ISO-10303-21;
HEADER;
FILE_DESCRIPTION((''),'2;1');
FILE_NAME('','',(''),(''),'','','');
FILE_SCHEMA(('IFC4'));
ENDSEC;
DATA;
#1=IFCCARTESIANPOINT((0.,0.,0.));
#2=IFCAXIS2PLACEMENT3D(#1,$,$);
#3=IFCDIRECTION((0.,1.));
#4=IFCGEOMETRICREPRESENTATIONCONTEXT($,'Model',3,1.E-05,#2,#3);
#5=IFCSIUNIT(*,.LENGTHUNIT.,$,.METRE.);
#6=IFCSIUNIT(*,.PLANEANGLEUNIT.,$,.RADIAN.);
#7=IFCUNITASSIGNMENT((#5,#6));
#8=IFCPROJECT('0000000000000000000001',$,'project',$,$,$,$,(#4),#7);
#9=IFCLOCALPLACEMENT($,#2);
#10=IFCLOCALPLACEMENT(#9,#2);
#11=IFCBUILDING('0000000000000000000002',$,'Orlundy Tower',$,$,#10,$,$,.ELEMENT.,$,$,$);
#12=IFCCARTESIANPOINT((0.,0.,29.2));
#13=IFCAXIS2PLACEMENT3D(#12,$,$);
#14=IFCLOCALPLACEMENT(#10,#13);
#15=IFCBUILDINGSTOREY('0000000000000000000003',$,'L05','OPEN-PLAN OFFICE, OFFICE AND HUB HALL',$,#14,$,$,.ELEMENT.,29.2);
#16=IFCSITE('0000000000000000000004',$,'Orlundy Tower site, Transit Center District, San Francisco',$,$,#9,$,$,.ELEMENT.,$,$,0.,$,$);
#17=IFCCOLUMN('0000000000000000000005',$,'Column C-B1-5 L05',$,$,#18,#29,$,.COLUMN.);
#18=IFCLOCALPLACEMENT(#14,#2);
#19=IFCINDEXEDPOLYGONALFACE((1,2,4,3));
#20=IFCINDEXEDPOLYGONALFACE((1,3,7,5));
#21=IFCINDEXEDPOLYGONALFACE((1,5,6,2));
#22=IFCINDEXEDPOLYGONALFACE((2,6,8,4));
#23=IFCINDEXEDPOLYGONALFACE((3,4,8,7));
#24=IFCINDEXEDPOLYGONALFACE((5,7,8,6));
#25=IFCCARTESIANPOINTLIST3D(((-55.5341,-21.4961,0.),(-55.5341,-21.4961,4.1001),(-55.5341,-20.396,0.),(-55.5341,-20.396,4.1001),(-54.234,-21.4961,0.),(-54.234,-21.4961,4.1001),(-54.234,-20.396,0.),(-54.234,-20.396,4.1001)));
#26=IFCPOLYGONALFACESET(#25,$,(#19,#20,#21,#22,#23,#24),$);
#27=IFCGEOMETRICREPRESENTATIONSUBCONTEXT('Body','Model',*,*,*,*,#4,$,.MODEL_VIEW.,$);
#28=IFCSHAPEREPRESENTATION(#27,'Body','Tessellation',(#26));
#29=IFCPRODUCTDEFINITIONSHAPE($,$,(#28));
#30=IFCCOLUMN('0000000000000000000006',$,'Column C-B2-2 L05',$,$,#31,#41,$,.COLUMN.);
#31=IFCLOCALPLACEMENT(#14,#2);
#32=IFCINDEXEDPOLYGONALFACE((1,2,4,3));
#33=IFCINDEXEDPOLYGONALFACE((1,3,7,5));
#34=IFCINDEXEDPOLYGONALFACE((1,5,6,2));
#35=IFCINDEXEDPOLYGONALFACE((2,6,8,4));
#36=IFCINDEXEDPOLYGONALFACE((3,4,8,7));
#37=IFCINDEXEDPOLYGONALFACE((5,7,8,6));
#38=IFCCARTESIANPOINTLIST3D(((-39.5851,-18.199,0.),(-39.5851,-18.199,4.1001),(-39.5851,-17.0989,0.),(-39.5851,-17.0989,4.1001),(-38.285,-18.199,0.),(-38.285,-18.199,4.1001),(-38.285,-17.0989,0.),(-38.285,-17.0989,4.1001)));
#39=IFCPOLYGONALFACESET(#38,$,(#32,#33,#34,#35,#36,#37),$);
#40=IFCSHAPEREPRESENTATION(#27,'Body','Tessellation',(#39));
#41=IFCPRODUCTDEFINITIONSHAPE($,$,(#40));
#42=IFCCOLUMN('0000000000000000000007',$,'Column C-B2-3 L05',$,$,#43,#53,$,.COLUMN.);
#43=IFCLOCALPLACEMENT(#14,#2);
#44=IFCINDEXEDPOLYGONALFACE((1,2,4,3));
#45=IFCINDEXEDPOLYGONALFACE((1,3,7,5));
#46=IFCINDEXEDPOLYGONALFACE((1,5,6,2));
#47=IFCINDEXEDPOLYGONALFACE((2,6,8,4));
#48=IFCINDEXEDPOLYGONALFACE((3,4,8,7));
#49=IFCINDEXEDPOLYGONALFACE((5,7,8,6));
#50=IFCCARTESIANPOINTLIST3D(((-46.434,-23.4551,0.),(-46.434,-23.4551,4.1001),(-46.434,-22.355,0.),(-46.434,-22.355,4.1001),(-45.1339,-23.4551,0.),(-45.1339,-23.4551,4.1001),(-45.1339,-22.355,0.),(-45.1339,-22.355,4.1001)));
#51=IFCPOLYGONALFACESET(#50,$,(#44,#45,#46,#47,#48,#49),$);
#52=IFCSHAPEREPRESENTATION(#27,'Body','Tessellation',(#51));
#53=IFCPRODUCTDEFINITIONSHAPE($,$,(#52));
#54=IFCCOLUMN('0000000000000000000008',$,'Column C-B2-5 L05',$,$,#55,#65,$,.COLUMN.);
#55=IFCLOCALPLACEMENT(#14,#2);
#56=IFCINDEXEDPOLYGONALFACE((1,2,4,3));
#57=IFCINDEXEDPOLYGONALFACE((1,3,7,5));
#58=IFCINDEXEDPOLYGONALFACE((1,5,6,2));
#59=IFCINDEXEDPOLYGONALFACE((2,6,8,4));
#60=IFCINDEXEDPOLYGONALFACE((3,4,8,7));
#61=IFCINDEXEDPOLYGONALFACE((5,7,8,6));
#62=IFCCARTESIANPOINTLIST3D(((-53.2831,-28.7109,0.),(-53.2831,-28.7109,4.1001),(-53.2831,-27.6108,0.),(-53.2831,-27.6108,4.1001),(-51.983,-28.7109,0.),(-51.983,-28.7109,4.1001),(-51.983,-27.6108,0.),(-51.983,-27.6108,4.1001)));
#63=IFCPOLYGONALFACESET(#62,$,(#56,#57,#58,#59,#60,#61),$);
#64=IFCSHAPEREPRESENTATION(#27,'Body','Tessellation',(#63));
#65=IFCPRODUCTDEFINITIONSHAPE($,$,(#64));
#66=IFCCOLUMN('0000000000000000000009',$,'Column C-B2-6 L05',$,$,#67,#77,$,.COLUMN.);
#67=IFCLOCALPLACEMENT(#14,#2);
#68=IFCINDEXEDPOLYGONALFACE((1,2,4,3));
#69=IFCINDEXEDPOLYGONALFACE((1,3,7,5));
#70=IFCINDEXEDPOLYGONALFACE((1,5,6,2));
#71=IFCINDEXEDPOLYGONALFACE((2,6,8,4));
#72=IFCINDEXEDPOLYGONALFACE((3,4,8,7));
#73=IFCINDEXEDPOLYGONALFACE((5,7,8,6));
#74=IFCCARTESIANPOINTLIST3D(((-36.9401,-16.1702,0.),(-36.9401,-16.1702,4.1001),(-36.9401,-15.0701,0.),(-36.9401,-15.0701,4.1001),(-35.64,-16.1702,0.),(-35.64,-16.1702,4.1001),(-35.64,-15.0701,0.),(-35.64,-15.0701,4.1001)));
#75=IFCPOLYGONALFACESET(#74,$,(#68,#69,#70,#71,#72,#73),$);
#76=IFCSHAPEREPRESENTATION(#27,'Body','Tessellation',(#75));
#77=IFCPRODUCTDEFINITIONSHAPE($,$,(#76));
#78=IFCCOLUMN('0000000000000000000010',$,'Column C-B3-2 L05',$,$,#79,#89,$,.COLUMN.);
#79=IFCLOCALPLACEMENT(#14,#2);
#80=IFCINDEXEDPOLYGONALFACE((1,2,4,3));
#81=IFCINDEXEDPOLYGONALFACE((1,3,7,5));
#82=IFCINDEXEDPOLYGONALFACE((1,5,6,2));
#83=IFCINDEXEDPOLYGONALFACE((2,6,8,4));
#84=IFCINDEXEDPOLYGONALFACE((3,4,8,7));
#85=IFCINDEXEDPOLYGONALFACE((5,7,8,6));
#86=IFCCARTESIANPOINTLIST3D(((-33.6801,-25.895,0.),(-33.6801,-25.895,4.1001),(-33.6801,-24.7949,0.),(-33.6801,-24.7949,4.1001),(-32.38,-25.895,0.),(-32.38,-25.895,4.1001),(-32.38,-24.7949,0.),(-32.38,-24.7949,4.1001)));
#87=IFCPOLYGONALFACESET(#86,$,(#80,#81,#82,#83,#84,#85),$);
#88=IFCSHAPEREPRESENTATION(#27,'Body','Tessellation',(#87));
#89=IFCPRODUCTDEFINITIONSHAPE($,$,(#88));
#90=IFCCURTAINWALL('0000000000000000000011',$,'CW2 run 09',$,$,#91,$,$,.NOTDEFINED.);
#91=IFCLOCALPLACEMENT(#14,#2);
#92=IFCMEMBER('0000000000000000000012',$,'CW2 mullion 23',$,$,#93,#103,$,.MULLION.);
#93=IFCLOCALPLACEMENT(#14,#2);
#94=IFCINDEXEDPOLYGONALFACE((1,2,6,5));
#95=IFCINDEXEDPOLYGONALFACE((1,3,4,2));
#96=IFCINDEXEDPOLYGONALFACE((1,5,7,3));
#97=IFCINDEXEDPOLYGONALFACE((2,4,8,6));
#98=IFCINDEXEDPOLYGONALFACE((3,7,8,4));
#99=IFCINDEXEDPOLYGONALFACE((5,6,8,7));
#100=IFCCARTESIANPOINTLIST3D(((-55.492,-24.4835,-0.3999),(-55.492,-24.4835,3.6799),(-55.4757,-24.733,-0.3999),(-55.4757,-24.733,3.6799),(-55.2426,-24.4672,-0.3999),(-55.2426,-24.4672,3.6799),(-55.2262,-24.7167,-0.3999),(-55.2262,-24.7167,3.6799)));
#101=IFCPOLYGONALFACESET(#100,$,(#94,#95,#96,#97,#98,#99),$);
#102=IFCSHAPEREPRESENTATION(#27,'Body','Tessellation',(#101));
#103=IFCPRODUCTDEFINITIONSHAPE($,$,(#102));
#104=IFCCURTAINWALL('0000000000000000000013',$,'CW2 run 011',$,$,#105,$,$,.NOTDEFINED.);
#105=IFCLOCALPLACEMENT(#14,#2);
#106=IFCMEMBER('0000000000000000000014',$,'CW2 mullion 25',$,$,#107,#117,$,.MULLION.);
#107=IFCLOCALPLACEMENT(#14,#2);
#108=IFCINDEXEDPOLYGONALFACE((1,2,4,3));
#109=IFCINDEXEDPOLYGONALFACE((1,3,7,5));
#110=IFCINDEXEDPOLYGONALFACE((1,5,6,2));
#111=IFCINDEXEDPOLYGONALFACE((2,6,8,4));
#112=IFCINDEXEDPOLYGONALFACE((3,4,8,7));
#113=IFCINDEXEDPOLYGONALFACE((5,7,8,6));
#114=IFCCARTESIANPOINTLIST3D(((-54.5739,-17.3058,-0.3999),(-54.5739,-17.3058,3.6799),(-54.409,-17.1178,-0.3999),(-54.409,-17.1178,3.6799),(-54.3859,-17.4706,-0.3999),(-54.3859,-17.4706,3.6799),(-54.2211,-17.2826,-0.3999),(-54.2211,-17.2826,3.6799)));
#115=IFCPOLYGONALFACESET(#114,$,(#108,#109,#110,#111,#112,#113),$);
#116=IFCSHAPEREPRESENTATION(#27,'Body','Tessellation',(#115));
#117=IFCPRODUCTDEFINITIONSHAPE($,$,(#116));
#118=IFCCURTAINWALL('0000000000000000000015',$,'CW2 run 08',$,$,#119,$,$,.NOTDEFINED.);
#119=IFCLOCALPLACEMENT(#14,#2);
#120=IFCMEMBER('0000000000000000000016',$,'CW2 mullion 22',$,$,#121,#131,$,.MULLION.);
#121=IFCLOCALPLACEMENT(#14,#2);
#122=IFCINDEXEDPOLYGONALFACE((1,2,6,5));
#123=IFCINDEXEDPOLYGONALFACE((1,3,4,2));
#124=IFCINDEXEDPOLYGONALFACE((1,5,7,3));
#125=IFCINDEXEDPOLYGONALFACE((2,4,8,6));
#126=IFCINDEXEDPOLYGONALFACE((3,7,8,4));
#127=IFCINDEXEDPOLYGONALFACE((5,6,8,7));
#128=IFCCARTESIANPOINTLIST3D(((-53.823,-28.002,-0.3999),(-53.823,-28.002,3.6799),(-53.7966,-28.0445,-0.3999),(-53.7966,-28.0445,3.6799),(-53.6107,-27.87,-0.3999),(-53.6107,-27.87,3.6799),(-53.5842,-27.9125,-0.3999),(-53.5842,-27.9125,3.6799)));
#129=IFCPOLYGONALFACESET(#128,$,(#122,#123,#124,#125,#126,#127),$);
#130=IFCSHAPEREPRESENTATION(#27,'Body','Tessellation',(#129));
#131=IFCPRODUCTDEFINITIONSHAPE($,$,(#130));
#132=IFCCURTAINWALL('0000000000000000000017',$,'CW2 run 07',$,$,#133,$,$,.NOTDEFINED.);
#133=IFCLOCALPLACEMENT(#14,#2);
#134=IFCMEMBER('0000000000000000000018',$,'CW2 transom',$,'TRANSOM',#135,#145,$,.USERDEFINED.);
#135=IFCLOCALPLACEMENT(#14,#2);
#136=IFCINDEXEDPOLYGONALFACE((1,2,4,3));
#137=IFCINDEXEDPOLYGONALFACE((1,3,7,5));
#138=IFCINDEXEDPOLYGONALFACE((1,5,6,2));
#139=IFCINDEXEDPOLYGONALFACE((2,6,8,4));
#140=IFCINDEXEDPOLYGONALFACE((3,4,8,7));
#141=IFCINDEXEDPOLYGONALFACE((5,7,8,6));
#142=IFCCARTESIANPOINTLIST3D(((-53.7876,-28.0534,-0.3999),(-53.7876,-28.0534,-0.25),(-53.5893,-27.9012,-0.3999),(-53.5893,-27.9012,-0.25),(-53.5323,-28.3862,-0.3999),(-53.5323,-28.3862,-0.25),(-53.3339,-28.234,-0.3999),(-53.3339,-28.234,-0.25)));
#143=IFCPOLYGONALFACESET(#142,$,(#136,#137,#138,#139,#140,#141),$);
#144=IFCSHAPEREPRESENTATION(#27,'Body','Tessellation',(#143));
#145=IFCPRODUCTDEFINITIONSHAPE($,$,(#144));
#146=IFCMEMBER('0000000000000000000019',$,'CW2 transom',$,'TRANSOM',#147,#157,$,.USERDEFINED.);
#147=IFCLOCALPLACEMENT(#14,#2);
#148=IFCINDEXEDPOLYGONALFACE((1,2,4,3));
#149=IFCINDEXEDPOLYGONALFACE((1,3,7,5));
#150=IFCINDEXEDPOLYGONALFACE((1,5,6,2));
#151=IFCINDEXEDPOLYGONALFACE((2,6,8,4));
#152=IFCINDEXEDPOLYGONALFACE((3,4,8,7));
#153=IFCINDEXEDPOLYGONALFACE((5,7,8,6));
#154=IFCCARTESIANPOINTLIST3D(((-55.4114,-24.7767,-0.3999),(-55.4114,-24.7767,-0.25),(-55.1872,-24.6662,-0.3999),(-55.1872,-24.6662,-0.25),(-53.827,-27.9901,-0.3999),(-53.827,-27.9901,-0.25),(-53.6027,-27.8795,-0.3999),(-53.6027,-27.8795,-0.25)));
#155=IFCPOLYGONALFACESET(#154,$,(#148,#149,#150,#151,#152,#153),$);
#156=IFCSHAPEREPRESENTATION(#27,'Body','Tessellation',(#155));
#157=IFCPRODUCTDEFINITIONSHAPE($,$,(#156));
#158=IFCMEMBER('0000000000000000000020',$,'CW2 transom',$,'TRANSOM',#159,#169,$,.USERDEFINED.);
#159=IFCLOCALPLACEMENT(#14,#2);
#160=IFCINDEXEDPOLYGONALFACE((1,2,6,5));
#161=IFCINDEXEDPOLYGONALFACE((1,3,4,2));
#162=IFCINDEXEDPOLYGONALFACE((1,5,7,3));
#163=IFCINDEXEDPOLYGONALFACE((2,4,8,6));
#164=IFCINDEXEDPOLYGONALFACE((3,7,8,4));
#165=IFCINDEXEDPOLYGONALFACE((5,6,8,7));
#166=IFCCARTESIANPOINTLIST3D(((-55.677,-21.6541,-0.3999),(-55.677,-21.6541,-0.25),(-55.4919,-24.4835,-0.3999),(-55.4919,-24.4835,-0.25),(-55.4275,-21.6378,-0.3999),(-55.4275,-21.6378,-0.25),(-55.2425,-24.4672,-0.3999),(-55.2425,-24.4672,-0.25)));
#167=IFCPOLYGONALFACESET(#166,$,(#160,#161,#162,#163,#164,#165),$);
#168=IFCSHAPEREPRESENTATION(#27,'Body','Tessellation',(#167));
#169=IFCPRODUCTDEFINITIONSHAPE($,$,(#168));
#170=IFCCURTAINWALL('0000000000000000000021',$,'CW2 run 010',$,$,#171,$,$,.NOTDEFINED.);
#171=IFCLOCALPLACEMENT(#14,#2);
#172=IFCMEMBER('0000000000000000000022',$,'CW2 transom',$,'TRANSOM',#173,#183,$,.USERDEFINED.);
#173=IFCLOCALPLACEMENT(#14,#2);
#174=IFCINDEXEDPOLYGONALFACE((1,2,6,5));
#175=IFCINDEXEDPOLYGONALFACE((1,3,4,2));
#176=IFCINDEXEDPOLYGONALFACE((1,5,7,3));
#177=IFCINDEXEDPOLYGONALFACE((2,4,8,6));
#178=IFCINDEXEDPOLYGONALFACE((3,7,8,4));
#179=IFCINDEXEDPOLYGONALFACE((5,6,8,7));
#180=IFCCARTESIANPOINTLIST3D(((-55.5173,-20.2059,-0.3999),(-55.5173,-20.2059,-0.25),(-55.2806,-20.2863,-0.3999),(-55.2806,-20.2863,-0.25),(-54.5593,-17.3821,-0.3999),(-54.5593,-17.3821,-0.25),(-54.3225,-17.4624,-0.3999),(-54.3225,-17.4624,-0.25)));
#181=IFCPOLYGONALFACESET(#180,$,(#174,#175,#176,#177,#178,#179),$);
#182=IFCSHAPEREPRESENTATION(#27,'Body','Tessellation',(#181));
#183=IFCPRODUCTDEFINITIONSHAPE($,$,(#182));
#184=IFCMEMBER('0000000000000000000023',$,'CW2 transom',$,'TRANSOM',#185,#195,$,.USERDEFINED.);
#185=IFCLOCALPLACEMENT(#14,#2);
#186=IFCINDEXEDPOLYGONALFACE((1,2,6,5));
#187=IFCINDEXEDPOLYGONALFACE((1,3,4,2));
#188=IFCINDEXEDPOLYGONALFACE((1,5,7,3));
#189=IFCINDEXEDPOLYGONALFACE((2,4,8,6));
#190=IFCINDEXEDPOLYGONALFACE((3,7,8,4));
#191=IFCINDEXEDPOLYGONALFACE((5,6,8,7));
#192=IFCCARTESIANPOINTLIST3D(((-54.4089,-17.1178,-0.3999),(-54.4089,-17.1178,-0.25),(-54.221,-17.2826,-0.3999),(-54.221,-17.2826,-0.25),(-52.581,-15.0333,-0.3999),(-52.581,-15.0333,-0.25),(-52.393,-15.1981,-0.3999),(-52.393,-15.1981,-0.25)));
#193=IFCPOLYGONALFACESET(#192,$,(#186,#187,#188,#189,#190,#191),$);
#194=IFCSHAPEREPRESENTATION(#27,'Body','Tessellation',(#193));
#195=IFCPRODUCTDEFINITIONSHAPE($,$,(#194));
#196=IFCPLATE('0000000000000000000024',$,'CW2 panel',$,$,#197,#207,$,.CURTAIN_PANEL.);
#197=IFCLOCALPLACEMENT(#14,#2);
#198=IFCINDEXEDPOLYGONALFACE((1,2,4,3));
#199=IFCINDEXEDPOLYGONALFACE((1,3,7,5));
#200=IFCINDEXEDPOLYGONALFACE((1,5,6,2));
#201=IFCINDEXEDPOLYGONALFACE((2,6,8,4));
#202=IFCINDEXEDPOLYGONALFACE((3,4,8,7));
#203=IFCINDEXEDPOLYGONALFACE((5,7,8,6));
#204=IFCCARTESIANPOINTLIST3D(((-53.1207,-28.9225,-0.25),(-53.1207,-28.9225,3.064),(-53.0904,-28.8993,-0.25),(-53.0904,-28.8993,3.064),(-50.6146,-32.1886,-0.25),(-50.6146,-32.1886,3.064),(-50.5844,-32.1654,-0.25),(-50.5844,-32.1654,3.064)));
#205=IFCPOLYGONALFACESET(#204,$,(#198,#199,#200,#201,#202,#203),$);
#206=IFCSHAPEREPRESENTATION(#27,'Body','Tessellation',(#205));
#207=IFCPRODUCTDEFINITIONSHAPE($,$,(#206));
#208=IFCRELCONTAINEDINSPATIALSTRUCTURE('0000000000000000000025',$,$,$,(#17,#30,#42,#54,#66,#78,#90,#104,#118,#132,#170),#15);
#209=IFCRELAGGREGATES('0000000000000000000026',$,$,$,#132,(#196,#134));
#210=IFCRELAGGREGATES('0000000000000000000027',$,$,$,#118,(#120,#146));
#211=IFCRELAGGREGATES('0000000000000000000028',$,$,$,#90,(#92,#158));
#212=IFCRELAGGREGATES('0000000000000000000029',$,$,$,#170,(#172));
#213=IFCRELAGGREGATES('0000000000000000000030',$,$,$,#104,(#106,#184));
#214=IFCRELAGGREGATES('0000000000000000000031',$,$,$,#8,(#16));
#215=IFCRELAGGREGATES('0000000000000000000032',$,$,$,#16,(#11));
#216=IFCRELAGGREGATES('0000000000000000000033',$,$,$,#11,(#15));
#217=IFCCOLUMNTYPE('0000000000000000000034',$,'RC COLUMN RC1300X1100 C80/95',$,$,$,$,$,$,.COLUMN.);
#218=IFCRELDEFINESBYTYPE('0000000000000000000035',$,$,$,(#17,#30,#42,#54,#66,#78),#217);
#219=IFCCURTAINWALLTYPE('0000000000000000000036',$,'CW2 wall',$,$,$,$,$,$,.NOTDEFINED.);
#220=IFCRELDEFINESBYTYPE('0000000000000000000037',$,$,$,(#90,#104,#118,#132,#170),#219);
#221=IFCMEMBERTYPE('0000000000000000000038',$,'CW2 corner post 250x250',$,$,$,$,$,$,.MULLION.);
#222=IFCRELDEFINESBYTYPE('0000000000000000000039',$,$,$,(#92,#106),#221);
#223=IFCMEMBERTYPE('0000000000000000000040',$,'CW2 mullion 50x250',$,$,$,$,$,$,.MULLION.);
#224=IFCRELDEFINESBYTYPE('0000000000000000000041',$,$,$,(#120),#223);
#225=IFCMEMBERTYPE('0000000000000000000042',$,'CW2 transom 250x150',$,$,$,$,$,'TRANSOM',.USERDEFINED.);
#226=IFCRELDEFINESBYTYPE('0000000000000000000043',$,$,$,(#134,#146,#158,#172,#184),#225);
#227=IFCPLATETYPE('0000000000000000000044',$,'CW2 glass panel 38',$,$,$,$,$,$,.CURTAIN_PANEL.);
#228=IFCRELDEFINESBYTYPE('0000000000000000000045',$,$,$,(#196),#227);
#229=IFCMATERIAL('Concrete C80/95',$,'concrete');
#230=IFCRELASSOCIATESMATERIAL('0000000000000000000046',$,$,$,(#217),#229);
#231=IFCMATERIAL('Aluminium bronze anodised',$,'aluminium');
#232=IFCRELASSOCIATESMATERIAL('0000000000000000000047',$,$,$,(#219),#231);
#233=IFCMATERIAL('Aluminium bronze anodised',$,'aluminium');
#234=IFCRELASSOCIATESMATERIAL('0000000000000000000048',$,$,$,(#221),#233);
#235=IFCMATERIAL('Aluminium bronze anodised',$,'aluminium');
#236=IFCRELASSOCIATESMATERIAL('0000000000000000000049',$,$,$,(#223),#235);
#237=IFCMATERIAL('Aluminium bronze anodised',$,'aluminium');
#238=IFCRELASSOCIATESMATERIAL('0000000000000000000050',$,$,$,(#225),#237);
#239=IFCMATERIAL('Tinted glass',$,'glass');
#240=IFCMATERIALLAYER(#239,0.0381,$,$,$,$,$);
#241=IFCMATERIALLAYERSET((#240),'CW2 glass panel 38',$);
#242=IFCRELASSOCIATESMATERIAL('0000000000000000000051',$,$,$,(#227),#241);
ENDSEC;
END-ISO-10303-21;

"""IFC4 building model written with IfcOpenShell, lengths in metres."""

from ifc_helpers import new_model, si_unit, direction, frame, origin, origin_2d, place, context, subcontext, project, spatial, rectangle, extrude, material, layer, layer_set, material_profile, profile_set, type_object, element, aggregate, save


model = new_model("IFC4")

# Units and contexts
model_context = context("Model", 3, precision=1e-05, world=origin(), true_north=direction((0.0, 1.0)))
body_context = subcontext(model_context, "Body", "Model", "MODEL_VIEW")
ifc_project = project(units=[si_unit("LENGTHUNIT", "METRE"), si_unit("PLANEANGLEUNIT", "RADIAN")], contexts=[model_context])

# Site, building, storey
site_placement = place(None, origin())
site = spatial("IfcSite", under=ifc_project, at=site_placement, Name="Orlundy Tower site, Transit Center District, San Francisco", CompositionType="ELEMENT", RefElevation=0.0)
building_placement = place(site_placement, origin())
building = spatial("IfcBuilding", under=site, at=building_placement, Name="Orlundy Tower", CompositionType="ELEMENT")
storey_placement = place(building_placement, frame((0.0, 0.0, 29.2)))
storey = spatial("IfcBuildingStorey", under=building, at=storey_placement, Name="L05", Description="OPEN-PLAN OFFICE, OFFICE AND HUB HALL", CompositionType="ELEMENT", Elevation=29.2)

# Columns
ifc_material_1 = material(Name="Concrete C80/95", Category="concrete")
ifc_material_profile_1 = material_profile(ifc_material_1, rectangle(XDim=1.3, YDim=1.1001, at=origin_2d()), Name="RC1300X1100")
ifc_profile_set_1 = profile_set([ifc_material_profile_1], Name="Concrete C80/95")
column_type = type_object("IfcColumnType", Name="RC COLUMN RC1300X1100 C80/95", PredefinedType="COLUMN", material=ifc_profile_set_1)
for number, where, z_axis, x_axis, name in (
    (1, (-54.884, -20.946, 0.0), (0.0, 0.0, 1.0), (1.0, 0.0, 0.0), "Column C-B1-5 L05"),
    (2, (-38.9351, -17.6489, 0.0), (0.0, 0.0, 1.0), (1.0, 0.0, 0.0), "Column C-B2-2 L05"),
    (3, (-45.7839, -22.905, 0.0), (0.0, 0.0, 1.0), (1.0, 0.0, 0.0), "Column C-B2-3 L05"),
    (4, (-52.6331, -28.1609, 0.0), (0.0, 0.0, 1.0), (1.0, 0.0, 0.0), "Column C-B2-5 L05"),
    (5, (-36.29, -15.6201, 0.0), (0.0, 0.0, 1.0), (1.0, 0.0, 0.0), "Column C-B2-6 L05"),
    (6, (-33.03, -25.345, 0.0), (0.0, 0.0, 1.0), (1.0, 0.0, 0.0), "Column C-B3-2 L05"),
):
    element("IfcColumn", number, at=place(storey_placement, frame(where, z_axis=z_axis, x_axis=x_axis)), inside=storey, type_object=column_type, Name=name, PredefinedType="COLUMN", context=body_context, shape_type="SweptSolid", body=[
        extrude(rectangle(XDim=1.3, YDim=1.1001, at=origin_2d()), origin(), (0.0, 0.0, 1.0), 4.1001),
    ])

# Curtain walls, members
ifc_material_2 = material(Name="Aluminium bronze anodised", Category="aluminium")
curtain_wall_type = type_object("IfcCurtainWallType", Name="CW2 wall", PredefinedType="NOTDEFINED", material=ifc_material_2)
curtain_wall_1_placement = place(storey_placement, origin())
curtain_wall_1 = element("IfcCurtainWall", 7, at=curtain_wall_1_placement, inside=storey, type_object=curtain_wall_type, Name="CW2 run 09", PredefinedType="NOTDEFINED")
ifc_material_3 = material(Name="Aluminium bronze anodised", Category="aluminium")
ifc_material_profile_2 = material_profile(ifc_material_3, rectangle(XDim=0.25, YDim=0.25, at=origin_2d()), Name="CW2 corner post 250x250")
ifc_profile_set_2 = profile_set([ifc_material_profile_2], Name="Aluminium bronze anodised")
member_type_1 = type_object("IfcMemberType", Name="CW2 corner post 250x250", PredefinedType="MULLION", material=ifc_profile_set_2)
member_1_placement = place(storey_placement, frame((-55.3591, -24.6001, -0.3999), z_axis=(0.0, 0.0, 1.0), x_axis=(-0.997867, -0.065284, 0.0)))
member_1 = element("IfcMember", 8, at=member_1_placement, type_object=member_type_1, Name="CW2 mullion 23", PredefinedType="MULLION", context=body_context, shape_type="SweptSolid", body=[
    extrude(rectangle(XDim=0.25, YDim=0.25, at=origin_2d()), origin(), (0.0, 0.0, 1.0), 4.0798),
])
curtain_wall_2_placement = place(storey_placement, origin())
curtain_wall_2 = element("IfcCurtainWall", 9, at=curtain_wall_2_placement, inside=storey, type_object=curtain_wall_type, Name="CW2 run 011", PredefinedType="NOTDEFINED")
member_2_placement = place(storey_placement, frame((-54.3975, -17.2942, -0.3999), z_axis=(0.0, 0.0, 1.0), x_axis=(-0.751858, 0.659325, 0.0)))
member_2 = element("IfcMember", 10, at=member_2_placement, type_object=member_type_1, Name="CW2 mullion 25", PredefinedType="MULLION", context=body_context, shape_type="SweptSolid", body=[
    extrude(rectangle(XDim=0.25, YDim=0.25, at=origin_2d()), origin(), (0.0, 0.0, 1.0), 4.0798),
])
curtain_wall_3_placement = place(storey_placement, origin())
curtain_wall_3 = element("IfcCurtainWall", 11, at=curtain_wall_3_placement, inside=storey, type_object=curtain_wall_type, Name="CW2 run 08", PredefinedType="NOTDEFINED")
ifc_material_4 = material(Name="Aluminium bronze anodised", Category="aluminium")
ifc_material_profile_3 = material_profile(ifc_material_4, rectangle(XDim=0.25, YDim=0.05, at=origin_2d()), Name="CW2 mullion 50x250")
ifc_profile_set_3 = profile_set([ifc_material_profile_3], Name="Aluminium bronze anodised")
member_type_2 = type_object("IfcMemberType", Name="CW2 mullion 50x250", PredefinedType="MULLION", material=ifc_profile_set_3)
member_3_placement = place(storey_placement, frame((-53.7036, -27.9573, -0.3999), z_axis=(0.0, 0.0, 1.0), x_axis=(-0.84922, -0.528039, 0.0)))
member_3 = element("IfcMember", 12, at=member_3_placement, type_object=member_type_2, Name="CW2 mullion 22", PredefinedType="MULLION", context=body_context, shape_type="SweptSolid", body=[
    extrude(rectangle(XDim=0.25, YDim=0.05, at=origin_2d()), origin(), (0.0, 0.0, 1.0), 4.0798),
])
curtain_wall_4_placement = place(storey_placement, origin())
curtain_wall_4 = element("IfcCurtainWall", 13, at=curtain_wall_4_placement, inside=storey, type_object=curtain_wall_type, Name="CW2 run 07", PredefinedType="NOTDEFINED")
ifc_material_5 = material(Name="Aluminium bronze anodised", Category="aluminium")
ifc_material_profile_4 = material_profile(ifc_material_5, rectangle(XDim=0.25, YDim=0.1499, at=origin_2d()), Name="CW2 transom 250x150")
ifc_profile_set_4 = profile_set([ifc_material_profile_4], Name="Aluminium bronze anodised")
member_type_3 = type_object("IfcMemberType", Name="CW2 transom 250x150", ElementType="TRANSOM", PredefinedType="USERDEFINED", material=ifc_profile_set_4)
member_4_placement = place(storey_placement, frame((-53.4331, -28.3101, -0.325), z_axis=(-0.60881, 0.793316, 0.0), x_axis=(-0.793316, -0.60881, 0.0)))
member_4 = element("IfcMember", 14, at=member_4_placement, type_object=member_type_3, Name="CW2 transom", ObjectType="TRANSOM", PredefinedType="USERDEFINED", context=body_context, shape_type="SweptSolid", body=[
    extrude(rectangle(XDim=0.25, YDim=0.1499, at=origin_2d()), origin(), (0.0, 0.0, 1.0), 0.4194),
])

# Members
member_5_placement = place(storey_placement, frame((-53.7148, -27.9348, -0.325), z_axis=(-0.442246, 0.896894, 0.0), x_axis=(-0.896894, -0.442246, 0.0)))
member_5 = element("IfcMember", 15, at=member_5_placement, type_object=member_type_3, Name="CW2 transom", ObjectType="TRANSOM", PredefinedType="USERDEFINED", context=body_context, shape_type="SweptSolid", body=[
    extrude(rectangle(XDim=0.25, YDim=0.1499, at=origin_2d()), origin(), (0.0, 0.0, 1.0), 3.5828),
])
member_6_placement = place(storey_placement, frame((-55.3672, -24.4753, -0.325), z_axis=(-0.065267, 0.997868, 0.0), x_axis=(-0.997868, -0.065267, 0.0)))
member_6 = element("IfcMember", 16, at=member_6_placement, type_object=member_type_3, Name="CW2 transom", ObjectType="TRANSOM", PredefinedType="USERDEFINED", context=body_context, shape_type="SweptSolid", body=[
    extrude(rectangle(XDim=0.25, YDim=0.1499, at=origin_2d()), origin(), (0.0, 0.0, 1.0), 2.8354),
])

# Curtain wall, member
curtain_wall_5_placement = place(storey_placement, origin())
curtain_wall_5 = element("IfcCurtainWall", 17, at=curtain_wall_5_placement, inside=storey, type_object=curtain_wall_type, Name="CW2 run 010", PredefinedType="NOTDEFINED")
member_7_placement = place(storey_placement, frame((-55.3989, -20.2461, -0.325), z_axis=(0.321283, 0.946983, 0.0), x_axis=(-0.946983, 0.321283, 0.0)))
member_7 = element("IfcMember", 18, at=member_7_placement, type_object=member_type_3, Name="CW2 transom", ObjectType="TRANSOM", PredefinedType="USERDEFINED", context=body_context, shape_type="SweptSolid", body=[
    extrude(rectangle(XDim=0.25, YDim=0.1499, at=origin_2d()), origin(), (0.0, 0.0, 1.0), 2.9819),
])

# Member
member_8_placement = place(storey_placement, frame((-54.3149, -17.2002, -0.325), z_axis=(0.659315, 0.751867, 0.0), x_axis=(-0.751867, 0.659315, 0.0)))
member_8 = element("IfcMember", 19, at=member_8_placement, type_object=member_type_3, Name="CW2 transom", ObjectType="TRANSOM", PredefinedType="USERDEFINED", context=body_context, shape_type="SweptSolid", body=[
    extrude(rectangle(XDim=0.25, YDim=0.1499, at=origin_2d()), origin(), (0.0, 0.0, 1.0), 2.7725),
])

# Plate
ifc_material_6 = material(Name="Tinted glass", Category="glass")
ifc_layer_1 = layer(ifc_material_6, 0.0381)
ifc_layer_set_1 = layer_set([ifc_layer_1], Name="CW2 glass panel 38")
plate_type = type_object("IfcPlateType", Name="CW2 glass panel 38", PredefinedType="CURTAIN_PANEL", material=ifc_layer_set_1)
plate_1_placement = place(storey_placement, frame((-51.8525, -30.5439, -0.25), z_axis=(0.0, 0.0, 1.0), x_axis=(-0.608748, 0.793363, 0.0)))
plate_1 = element("IfcPlate", 20, at=plate_1_placement, type_object=plate_type, Name="CW2 panel", PredefinedType="CURTAIN_PANEL", context=body_context, shape_type="SweptSolid", body=[
    extrude(rectangle(XDim=4.1167, YDim=0.0381, at=origin_2d()), origin(), (0.0, 0.0, 1.0), 3.314),
])
aggregate(curtain_wall_4, [plate_1, member_4])
aggregate(curtain_wall_3, [member_3, member_5])
aggregate(curtain_wall_1, [member_1, member_6])
aggregate(curtain_wall_5, [member_7])
aggregate(curtain_wall_2, [member_2, member_8])

save(model, "model.ifc")
